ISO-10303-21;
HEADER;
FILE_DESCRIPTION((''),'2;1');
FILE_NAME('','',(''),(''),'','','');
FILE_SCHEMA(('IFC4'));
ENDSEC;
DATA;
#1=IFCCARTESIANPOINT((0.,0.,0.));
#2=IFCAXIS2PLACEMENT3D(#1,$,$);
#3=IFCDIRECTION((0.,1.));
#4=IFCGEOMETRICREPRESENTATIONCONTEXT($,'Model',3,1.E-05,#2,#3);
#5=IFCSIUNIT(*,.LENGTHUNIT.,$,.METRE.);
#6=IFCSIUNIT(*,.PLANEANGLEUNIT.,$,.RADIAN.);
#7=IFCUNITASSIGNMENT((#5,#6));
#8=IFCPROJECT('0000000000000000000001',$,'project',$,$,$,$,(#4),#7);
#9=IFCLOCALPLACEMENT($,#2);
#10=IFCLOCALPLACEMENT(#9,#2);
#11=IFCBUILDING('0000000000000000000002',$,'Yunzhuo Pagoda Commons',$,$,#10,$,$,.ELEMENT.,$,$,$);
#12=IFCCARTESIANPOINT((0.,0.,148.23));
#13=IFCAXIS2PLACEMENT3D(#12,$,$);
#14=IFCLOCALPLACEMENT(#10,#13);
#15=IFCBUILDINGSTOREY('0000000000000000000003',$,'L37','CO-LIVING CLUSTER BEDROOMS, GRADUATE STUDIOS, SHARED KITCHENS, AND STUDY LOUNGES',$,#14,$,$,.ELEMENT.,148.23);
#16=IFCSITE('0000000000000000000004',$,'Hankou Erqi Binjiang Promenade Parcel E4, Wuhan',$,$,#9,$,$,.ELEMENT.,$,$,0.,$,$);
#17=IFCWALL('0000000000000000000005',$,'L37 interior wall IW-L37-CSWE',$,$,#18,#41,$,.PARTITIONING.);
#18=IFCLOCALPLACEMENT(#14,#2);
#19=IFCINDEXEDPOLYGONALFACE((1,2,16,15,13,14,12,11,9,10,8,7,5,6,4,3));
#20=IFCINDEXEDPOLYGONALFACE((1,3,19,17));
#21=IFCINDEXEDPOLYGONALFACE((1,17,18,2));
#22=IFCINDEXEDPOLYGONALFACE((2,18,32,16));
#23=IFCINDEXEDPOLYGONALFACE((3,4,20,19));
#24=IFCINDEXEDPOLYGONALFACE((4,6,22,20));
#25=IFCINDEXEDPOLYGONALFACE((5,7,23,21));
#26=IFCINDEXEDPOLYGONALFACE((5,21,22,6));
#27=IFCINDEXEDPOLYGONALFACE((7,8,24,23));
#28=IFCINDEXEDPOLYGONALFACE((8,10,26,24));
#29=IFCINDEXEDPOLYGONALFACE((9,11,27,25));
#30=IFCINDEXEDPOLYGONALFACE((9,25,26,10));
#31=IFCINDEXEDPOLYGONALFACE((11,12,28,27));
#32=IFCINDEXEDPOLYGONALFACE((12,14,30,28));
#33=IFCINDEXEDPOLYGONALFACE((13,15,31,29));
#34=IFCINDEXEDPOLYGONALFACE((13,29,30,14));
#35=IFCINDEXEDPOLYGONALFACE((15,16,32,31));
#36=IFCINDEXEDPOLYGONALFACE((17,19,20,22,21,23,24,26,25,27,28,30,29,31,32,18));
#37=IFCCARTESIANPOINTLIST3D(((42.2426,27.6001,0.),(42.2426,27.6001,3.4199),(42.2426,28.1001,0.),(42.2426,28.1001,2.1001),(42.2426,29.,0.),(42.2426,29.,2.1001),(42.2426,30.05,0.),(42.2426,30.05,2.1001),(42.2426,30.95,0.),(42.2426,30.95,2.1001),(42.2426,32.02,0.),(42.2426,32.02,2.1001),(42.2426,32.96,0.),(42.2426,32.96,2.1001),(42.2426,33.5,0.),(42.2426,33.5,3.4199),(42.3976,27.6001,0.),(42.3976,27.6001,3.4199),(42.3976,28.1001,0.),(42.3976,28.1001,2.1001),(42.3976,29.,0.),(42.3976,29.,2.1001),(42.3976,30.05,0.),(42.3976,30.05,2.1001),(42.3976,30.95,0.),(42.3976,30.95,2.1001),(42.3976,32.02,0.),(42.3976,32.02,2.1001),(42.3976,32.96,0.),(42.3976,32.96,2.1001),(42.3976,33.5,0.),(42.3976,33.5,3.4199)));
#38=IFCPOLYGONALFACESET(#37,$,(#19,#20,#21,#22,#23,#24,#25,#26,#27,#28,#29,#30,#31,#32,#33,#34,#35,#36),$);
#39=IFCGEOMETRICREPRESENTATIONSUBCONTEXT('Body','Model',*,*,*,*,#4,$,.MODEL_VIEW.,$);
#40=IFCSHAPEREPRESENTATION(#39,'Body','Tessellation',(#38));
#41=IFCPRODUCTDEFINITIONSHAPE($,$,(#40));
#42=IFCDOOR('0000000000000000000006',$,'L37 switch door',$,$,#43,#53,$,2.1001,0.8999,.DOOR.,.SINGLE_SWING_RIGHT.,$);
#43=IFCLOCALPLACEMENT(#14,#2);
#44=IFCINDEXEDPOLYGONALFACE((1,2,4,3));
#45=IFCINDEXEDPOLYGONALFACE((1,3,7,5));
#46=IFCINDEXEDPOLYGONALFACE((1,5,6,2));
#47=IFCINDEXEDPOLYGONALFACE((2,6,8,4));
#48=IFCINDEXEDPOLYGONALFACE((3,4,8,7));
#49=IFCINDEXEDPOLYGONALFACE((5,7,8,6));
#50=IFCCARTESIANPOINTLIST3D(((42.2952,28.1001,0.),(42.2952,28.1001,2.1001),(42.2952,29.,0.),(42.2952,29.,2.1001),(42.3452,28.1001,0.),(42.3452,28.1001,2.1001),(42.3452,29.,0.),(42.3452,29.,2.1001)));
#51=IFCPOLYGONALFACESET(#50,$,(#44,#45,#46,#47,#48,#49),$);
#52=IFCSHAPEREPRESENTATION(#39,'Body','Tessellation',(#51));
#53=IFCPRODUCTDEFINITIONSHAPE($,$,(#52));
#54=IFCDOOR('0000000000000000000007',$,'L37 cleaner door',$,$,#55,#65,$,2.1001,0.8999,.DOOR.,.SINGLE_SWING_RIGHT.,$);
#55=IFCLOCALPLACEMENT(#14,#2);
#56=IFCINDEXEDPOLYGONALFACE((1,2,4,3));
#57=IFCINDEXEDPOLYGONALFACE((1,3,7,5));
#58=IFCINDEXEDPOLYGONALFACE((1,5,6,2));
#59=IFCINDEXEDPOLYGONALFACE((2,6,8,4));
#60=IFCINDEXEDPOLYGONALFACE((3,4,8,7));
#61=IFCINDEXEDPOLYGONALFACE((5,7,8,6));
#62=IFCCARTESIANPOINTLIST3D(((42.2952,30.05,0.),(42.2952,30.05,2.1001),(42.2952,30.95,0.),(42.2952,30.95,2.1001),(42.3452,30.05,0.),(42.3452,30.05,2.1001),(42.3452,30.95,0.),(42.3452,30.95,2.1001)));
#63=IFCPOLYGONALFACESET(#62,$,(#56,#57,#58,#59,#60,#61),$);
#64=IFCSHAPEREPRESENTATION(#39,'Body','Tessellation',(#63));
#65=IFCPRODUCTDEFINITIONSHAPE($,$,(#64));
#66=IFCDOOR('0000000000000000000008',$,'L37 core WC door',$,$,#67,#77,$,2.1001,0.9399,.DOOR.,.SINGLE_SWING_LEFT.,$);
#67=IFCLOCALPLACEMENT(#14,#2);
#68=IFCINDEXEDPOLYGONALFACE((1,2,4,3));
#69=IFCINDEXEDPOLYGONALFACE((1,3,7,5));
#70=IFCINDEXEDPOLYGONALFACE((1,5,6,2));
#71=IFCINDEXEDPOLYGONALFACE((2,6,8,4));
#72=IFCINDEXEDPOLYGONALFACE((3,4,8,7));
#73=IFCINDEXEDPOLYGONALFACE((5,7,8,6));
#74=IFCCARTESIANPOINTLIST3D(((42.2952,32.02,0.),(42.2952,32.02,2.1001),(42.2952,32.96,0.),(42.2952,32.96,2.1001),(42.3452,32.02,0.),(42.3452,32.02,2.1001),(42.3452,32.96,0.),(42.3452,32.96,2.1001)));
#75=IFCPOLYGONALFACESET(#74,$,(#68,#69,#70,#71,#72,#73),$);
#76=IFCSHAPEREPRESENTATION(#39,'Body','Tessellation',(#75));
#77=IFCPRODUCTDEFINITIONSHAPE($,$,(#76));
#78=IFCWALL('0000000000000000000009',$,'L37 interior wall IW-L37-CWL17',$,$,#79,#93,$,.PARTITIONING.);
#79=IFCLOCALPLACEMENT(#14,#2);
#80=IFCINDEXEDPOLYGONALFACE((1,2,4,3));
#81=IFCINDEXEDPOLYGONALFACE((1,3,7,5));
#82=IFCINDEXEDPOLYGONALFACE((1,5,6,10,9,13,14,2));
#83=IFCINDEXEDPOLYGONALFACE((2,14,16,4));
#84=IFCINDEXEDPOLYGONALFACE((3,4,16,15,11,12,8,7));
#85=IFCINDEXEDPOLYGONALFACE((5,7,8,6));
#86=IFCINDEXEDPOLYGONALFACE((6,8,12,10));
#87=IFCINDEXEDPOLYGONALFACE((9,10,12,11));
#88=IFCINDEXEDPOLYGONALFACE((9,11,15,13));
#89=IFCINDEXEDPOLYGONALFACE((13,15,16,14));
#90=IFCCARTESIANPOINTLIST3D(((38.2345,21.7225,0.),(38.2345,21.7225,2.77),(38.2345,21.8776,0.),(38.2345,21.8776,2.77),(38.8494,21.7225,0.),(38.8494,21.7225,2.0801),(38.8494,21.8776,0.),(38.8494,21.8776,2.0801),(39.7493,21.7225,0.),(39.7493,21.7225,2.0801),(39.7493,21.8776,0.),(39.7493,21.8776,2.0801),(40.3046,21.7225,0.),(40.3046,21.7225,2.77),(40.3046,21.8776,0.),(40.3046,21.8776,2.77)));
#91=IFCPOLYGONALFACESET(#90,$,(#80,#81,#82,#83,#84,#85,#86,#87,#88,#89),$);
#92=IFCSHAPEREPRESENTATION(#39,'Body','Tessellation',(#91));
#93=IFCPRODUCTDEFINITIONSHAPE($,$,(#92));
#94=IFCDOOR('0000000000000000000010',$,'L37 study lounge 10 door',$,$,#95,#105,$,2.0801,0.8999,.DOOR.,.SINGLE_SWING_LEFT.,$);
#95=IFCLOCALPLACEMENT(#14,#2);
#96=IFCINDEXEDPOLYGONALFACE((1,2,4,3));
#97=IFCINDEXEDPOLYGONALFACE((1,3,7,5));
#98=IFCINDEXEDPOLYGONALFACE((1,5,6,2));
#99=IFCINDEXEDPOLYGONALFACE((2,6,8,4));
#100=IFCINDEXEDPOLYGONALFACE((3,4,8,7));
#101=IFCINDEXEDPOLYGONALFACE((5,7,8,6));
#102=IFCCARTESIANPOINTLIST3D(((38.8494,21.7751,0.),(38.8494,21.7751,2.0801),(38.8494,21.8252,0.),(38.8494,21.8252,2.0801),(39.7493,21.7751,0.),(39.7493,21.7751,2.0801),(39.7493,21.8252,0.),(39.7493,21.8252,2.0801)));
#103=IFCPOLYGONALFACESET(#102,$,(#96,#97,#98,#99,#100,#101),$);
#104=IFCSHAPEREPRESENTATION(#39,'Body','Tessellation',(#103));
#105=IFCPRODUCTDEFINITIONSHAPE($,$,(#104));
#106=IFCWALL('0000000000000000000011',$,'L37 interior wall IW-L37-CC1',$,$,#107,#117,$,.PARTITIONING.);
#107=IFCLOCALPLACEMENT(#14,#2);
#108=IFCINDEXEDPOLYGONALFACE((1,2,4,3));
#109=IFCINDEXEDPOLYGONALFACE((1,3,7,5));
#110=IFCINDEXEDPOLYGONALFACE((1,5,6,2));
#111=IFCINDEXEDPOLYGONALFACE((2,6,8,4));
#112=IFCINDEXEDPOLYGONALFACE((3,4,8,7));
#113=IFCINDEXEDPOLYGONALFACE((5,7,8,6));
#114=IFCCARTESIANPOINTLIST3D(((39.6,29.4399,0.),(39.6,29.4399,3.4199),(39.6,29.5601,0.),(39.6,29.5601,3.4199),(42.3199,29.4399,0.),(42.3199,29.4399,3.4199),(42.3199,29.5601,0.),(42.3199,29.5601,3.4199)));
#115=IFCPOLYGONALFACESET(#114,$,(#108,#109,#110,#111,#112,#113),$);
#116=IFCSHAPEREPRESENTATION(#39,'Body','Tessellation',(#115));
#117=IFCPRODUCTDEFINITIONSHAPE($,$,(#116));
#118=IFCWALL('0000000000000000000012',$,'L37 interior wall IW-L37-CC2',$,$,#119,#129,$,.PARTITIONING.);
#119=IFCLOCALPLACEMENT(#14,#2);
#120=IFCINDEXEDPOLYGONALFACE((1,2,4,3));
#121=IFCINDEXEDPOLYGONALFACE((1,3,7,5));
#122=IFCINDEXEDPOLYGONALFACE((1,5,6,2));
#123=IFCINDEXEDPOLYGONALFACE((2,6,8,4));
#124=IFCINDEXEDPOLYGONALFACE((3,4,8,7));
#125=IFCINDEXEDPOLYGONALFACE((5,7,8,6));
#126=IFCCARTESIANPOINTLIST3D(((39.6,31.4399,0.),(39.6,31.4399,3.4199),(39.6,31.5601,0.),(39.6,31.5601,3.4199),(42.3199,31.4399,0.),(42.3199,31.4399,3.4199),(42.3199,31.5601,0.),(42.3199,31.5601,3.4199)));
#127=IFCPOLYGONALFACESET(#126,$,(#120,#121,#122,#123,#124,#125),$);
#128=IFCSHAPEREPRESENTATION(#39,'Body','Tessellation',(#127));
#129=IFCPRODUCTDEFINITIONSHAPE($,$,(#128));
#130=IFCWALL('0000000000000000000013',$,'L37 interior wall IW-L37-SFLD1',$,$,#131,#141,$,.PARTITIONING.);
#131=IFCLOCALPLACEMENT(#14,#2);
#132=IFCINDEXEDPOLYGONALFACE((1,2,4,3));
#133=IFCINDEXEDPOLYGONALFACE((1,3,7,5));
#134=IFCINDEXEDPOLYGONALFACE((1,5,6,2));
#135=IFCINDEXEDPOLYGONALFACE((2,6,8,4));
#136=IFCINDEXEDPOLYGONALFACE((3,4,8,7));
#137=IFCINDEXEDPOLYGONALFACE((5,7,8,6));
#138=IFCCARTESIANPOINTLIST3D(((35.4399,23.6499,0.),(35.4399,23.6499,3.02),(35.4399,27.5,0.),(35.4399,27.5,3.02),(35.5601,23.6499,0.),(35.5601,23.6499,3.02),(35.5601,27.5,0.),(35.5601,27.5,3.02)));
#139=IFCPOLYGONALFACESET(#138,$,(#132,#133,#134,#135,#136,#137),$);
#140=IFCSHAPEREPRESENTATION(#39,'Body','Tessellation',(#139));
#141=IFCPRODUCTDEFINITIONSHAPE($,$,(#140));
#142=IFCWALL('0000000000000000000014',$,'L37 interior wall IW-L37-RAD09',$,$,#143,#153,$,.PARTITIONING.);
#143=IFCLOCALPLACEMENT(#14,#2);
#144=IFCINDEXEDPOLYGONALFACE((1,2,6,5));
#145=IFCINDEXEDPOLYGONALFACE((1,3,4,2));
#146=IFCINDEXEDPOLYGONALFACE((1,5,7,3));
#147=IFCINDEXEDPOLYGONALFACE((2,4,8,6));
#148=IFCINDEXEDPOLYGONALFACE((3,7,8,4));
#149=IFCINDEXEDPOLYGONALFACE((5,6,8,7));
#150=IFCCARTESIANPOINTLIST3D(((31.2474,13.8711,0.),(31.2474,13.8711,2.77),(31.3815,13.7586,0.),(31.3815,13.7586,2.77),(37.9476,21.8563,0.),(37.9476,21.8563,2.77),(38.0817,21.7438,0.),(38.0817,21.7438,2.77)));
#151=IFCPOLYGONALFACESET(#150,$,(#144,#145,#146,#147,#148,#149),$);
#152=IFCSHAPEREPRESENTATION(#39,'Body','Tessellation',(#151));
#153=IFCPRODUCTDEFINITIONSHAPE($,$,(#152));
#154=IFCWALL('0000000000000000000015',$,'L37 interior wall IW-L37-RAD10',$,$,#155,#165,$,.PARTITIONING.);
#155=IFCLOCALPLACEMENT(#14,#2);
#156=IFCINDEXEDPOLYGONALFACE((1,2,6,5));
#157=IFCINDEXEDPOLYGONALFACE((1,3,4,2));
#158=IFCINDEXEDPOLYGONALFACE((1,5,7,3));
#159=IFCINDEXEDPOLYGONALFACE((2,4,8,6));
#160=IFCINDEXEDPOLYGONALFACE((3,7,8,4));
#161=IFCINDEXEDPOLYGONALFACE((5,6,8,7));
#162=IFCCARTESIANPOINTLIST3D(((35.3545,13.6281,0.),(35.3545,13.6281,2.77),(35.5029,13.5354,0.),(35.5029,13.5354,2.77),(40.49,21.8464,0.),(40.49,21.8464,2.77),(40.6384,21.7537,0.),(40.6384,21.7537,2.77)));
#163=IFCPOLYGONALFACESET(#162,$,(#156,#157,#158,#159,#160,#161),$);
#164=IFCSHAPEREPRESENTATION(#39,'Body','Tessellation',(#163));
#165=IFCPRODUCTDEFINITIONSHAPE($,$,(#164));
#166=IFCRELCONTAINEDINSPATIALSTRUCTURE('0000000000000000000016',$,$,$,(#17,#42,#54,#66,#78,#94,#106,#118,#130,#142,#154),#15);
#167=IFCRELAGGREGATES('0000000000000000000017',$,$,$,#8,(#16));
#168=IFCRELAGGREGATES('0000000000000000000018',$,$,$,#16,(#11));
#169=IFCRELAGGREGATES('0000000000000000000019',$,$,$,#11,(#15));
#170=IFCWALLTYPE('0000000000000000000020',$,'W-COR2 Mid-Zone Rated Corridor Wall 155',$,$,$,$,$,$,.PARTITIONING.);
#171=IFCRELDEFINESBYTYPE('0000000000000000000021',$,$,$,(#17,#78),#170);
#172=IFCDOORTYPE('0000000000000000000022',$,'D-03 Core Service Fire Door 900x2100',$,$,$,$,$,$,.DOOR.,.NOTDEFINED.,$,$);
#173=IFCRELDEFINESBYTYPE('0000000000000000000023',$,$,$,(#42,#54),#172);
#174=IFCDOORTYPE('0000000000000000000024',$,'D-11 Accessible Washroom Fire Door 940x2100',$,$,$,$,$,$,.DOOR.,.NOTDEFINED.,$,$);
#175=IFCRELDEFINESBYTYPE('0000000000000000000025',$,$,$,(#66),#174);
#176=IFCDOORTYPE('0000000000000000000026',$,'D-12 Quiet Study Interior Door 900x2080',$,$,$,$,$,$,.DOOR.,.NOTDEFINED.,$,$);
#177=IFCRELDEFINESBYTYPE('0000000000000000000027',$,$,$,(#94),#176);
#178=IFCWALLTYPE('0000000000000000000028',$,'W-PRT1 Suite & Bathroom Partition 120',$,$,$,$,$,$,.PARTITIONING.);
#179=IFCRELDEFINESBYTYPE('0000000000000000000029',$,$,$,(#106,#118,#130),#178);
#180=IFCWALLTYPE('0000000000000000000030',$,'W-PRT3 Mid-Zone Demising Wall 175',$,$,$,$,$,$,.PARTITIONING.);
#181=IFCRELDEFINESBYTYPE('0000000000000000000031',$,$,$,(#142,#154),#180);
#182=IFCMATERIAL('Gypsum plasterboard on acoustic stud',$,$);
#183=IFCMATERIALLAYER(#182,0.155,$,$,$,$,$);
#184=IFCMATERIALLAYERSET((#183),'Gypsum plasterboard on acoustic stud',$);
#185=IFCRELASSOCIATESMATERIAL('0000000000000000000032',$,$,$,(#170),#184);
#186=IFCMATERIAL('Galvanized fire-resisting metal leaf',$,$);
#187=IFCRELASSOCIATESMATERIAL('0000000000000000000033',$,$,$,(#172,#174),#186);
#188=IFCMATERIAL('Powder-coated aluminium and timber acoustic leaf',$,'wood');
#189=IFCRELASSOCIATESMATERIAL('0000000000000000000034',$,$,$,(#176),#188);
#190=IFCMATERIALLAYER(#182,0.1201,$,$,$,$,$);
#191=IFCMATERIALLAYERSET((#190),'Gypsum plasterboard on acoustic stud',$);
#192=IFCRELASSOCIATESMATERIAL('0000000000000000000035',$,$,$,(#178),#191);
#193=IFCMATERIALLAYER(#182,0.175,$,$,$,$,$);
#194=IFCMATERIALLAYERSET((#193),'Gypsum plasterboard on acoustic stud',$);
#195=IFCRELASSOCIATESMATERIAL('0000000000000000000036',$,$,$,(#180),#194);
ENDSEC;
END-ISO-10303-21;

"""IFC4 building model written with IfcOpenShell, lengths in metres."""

from ifc_helpers import new_model, si_unit, direction, frame, frame_2d, origin, origin_with_axes, place, context, subcontext, project, spatial, rectangle, extrude, source, transform, mapped, material, layer, layer_set, type_object, element, fill, save


model = new_model("IFC4")

# Units and contexts
model_context = context("Model", 3, precision=1e-05, world=origin(), true_north=direction((0.0, 1.0)))
body_context = subcontext(model_context, "Body", "Model", "MODEL_VIEW")
ifc_project = project(units=[si_unit("LENGTHUNIT", "METRE"), si_unit("PLANEANGLEUNIT", "RADIAN")], contexts=[model_context])

# Site, building, storey
site_placement = place(None, origin())
site = spatial("IfcSite", under=ifc_project, at=site_placement, Name="Hankou Erqi Binjiang Promenade Parcel E4, Wuhan", CompositionType="ELEMENT", RefElevation=0.0)
building_placement = place(site_placement, origin())
building = spatial("IfcBuilding", under=site, at=building_placement, Name="Yunzhuo Pagoda Commons", CompositionType="ELEMENT")
storey_placement = place(building_placement, frame((0.0, 0.0, 148.23)))
storey = spatial("IfcBuildingStorey", under=building, at=storey_placement, Name="L37", Description="CO-LIVING CLUSTER BEDROOMS, GRADUATE STUDIOS, SHARED KITCHENS, AND STUDY LOUNGES", CompositionType="ELEMENT", Elevation=148.23)

# Wall, openings, doors
ifc_material_1 = material(Name="Gypsum plasterboard on acoustic stud")
ifc_layer_1 = layer(ifc_material_1, 0.155)
ifc_layer_set_1 = layer_set([ifc_layer_1], Name="Gypsum plasterboard on acoustic stud")
wall_type_1 = type_object("IfcWallType", Name="W-COR2 Mid-Zone Rated Corridor Wall 155", PredefinedType="PARTITIONING", material=ifc_layer_set_1)
wall_1_placement = place(storey_placement, frame((42.3201, 27.6001, 0.0), z_axis=(0.0, 0.0, 1.0), x_axis=(0.0, 1.0, 0.0)))
wall_1 = element("IfcWall", 1, at=wall_1_placement, inside=storey, type_object=wall_type_1, Name="L37 interior wall IW-L37-CSWE", PredefinedType="PARTITIONING", context=body_context, shape_type="SweptSolid", body=[
    extrude(rectangle(XDim=5.8999, YDim=0.155, at=frame_2d((2.95, 0.0))), origin(), (0.0, 0.0, 1.0), 3.4199),
])
opening_1_placement = place(wall_1_placement, frame((0.5, 0.0, 0.0)))
opening_1 = element("IfcOpeningElement", 2, at=opening_1_placement, cuts=wall_1, PredefinedType="OPENING", context=body_context, shape_type="SweptSolid", body=[
    extrude(rectangle(XDim=0.8999, YDim=2.1001, at=frame_2d((0.45, 1.05))), frame((0.0, 0.0874, 0.0), z_axis=(0.0, -1.0, 0.0), x_axis=(1.0, 0.0, 0.0)), (0.0, 0.0, 1.0), 0.175),
])
opening_2_placement = place(wall_1_placement, frame((2.45, 0.0, 0.0)))
opening_2 = element("IfcOpeningElement", 3, at=opening_2_placement, cuts=wall_1, PredefinedType="OPENING", context=body_context, shape_type="SweptSolid", body=[
    extrude(rectangle(XDim=0.8999, YDim=2.1001, at=frame_2d((0.45, 1.05))), frame((0.0, 0.0874, 0.0), z_axis=(0.0, -1.0, 0.0), x_axis=(1.0, 0.0, 0.0)), (0.0, 0.0, 1.0), 0.175),
])
opening_3_placement = place(wall_1_placement, frame((4.4199, 0.0, 0.0)))
opening_3 = element("IfcOpeningElement", 4, at=opening_3_placement, cuts=wall_1, PredefinedType="OPENING", context=body_context, shape_type="SweptSolid", body=[
    extrude(rectangle(XDim=0.9399, YDim=2.1001, at=frame_2d((0.47, 1.05))), frame((0.0, 0.0874, 0.0), z_axis=(0.0, -1.0, 0.0), x_axis=(1.0, 0.0, 0.0)), (0.0, 0.0, 1.0), 0.175),
])
ifc_material_2 = material(Name="Galvanized fire-resisting metal leaf")
door_type_1 = type_object("IfcDoorType", Name="D-03 Core Service Fire Door 900x2100", OperationType="NOTDEFINED", PredefinedType="DOOR", material=ifc_material_2)
shared_shape_1 = source(origin(), body_context, "Body", "SweptSolid", [
    extrude(rectangle(XDim=0.8999, YDim=2.1001, at=frame_2d((0.45, 1.05))), frame((0.0, 0.0249, 0.0), z_axis=(0.0, -1.0, 0.0), x_axis=(1.0, 0.0, 0.0)), (0.0, 0.0, 1.0), 0.05),
])
door_1_placement = place(opening_1_placement, origin_with_axes())
door_1 = element("IfcDoor", 5, at=door_1_placement, inside=storey, type_object=door_type_1, Name="L37 switch door", OperationType="SINGLE_SWING_RIGHT", OverallHeight=2.1001, OverallWidth=0.8999, PredefinedType="DOOR", context=body_context, shape_type="MappedRepresentation", body=[
    mapped(shared_shape_1, transform((0.0, 0.0, 0.0), scale=1.0)),
])
fill(opening_1, door_1)
door_2_placement = place(opening_2_placement, origin_with_axes())
door_2 = element("IfcDoor", 6, at=door_2_placement, inside=storey, type_object=door_type_1, Name="L37 cleaner door", OperationType="SINGLE_SWING_RIGHT", OverallHeight=2.1001, OverallWidth=0.8999, PredefinedType="DOOR", context=body_context, shape_type="MappedRepresentation", body=[
    mapped(shared_shape_1, transform((0.0, 0.0, 0.0), scale=1.0)),
])
fill(opening_2, door_2)
door_type_2 = type_object("IfcDoorType", Name="D-11 Accessible Washroom Fire Door 940x2100", OperationType="NOTDEFINED", PredefinedType="DOOR", material=ifc_material_2)
shared_shape_2 = source(origin(), body_context, "Body", "SweptSolid", [
    extrude(rectangle(XDim=0.9399, YDim=2.1001, at=frame_2d((0.47, 1.05))), frame((0.0, 0.0249, 0.0), z_axis=(0.0, -1.0, 0.0), x_axis=(1.0, 0.0, 0.0)), (0.0, 0.0, 1.0), 0.05),
])
door_3_placement = place(opening_3_placement, origin_with_axes())
door_3 = element("IfcDoor", 7, at=door_3_placement, inside=storey, type_object=door_type_2, Name="L37 core WC door", OperationType="SINGLE_SWING_LEFT", OverallHeight=2.1001, OverallWidth=0.9399, PredefinedType="DOOR", context=body_context, shape_type="MappedRepresentation", body=[
    mapped(shared_shape_2, transform((0.0, 0.0, 0.0), scale=1.0)),
])
fill(opening_3, door_3)

# Wall, opening, door
wall_2_placement = place(storey_placement, frame((40.3047, 21.8, 0.0), z_axis=(0.0, 0.0, 1.0), x_axis=(-1.0, 0.0, 0.0)))
wall_2 = element("IfcWall", 8, at=wall_2_placement, inside=storey, type_object=wall_type_1, Name="L37 interior wall IW-L37-CWL17", PredefinedType="PARTITIONING", context=body_context, shape_type="SweptSolid", body=[
    extrude(rectangle(XDim=2.0701, YDim=0.155, at=frame_2d((1.0352, 0.0))), origin(), (0.0, 0.0, 1.0), 2.77),
])
opening_4_placement = place(wall_2_placement, frame((0.5554, 0.0, 0.0)))
opening_4 = element("IfcOpeningElement", 9, at=opening_4_placement, cuts=wall_2, PredefinedType="OPENING", context=body_context, shape_type="SweptSolid", body=[
    extrude(rectangle(XDim=0.8999, YDim=2.0801, at=frame_2d((0.45, 1.04))), frame((0.0, 0.0874, 0.0), z_axis=(0.0, -1.0, 0.0), x_axis=(1.0, 0.0, 0.0)), (0.0, 0.0, 1.0), 0.175),
])
ifc_material_3 = material(Name="Powder-coated aluminium and timber acoustic leaf", Category="wood")
door_type_3 = type_object("IfcDoorType", Name="D-12 Quiet Study Interior Door 900x2080", OperationType="NOTDEFINED", PredefinedType="DOOR", material=ifc_material_3)
shared_shape_3 = source(origin(), body_context, "Body", "SweptSolid", [
    extrude(rectangle(XDim=0.8999, YDim=2.0801, at=frame_2d((0.45, 1.04))), frame((0.0, 0.0249, 0.0), z_axis=(0.0, -1.0, 0.0), x_axis=(1.0, 0.0, 0.0)), (0.0, 0.0, 1.0), 0.05),
])
door_4_placement = place(opening_4_placement, origin_with_axes())
door_4 = element("IfcDoor", 10, at=door_4_placement, inside=storey, type_object=door_type_3, Name="L37 study lounge 10 door", OperationType="SINGLE_SWING_LEFT", OverallHeight=2.0801, OverallWidth=0.8999, PredefinedType="DOOR", context=body_context, shape_type="MappedRepresentation", body=[
    mapped(shared_shape_3, transform((0.0, 0.0, 0.0), scale=1.0)),
])
fill(opening_4, door_4)

# Walls
ifc_layer_2 = layer(ifc_material_1, 0.1201)
ifc_layer_set_2 = layer_set([ifc_layer_2], Name="Gypsum plasterboard on acoustic stud")
wall_type_2 = type_object("IfcWallType", Name="W-PRT1 Suite & Bathroom Partition 120", PredefinedType="PARTITIONING", material=ifc_layer_set_2)
for number, where, z_axis, x_axis, name in (
    (11, (39.6001, 29.5, 0.0), (0.0, 0.0, 1.0), (1.0, 0.0, 0.0), "L37 interior wall IW-L37-CC1"),
    (12, (39.6001, 31.5, 0.0), (0.0, 0.0, 1.0), (1.0, 0.0, 0.0), "L37 interior wall IW-L37-CC2"),
):
    element("IfcWall", number, at=place(storey_placement, frame(where, z_axis=z_axis, x_axis=x_axis)), inside=storey, type_object=wall_type_2, Name=name, PredefinedType="PARTITIONING", context=body_context, shape_type="SweptSolid", body=[
        extrude(rectangle(XDim=2.72, YDim=0.1201, at=frame_2d((1.3599, 0.0))), origin(), (0.0, 0.0, 1.0), 3.4199),
    ])
wall_3_placement = place(storey_placement, frame((35.5, 23.6499, 0.0), z_axis=(0.0, 0.0, 1.0), x_axis=(0.0, 1.0, 0.0)))
element("IfcWall", 13, at=wall_3_placement, inside=storey, type_object=wall_type_2, Name="L37 interior wall IW-L37-SFLD1", PredefinedType="PARTITIONING", context=body_context, shape_type="SweptSolid", body=[
    extrude(rectangle(XDim=3.8501, YDim=0.1201, at=frame_2d((1.925, 0.0))), origin(), (0.0, 0.0, 1.0), 3.02),
])
ifc_layer_3 = layer(ifc_material_1, 0.175)
ifc_layer_set_3 = layer_set([ifc_layer_3], Name="Gypsum plasterboard on acoustic stud")
wall_type_3 = type_object("IfcWallType", Name="W-PRT3 Mid-Zone Demising Wall 175", PredefinedType="PARTITIONING", material=ifc_layer_set_3)
wall_4_placement = place(storey_placement, frame((38.0146, 21.8, 0.0), z_axis=(0.0, 0.0, 1.0), x_axis=(-0.642782, -0.766049, 0.0)))
element("IfcWall", 14, at=wall_4_placement, inside=storey, type_object=wall_type_3, Name="L37 interior wall IW-L37-RAD09", PredefinedType="PARTITIONING", context=body_context, shape_type="SweptSolid", body=[
    extrude(rectangle(XDim=10.4238, YDim=0.175, at=frame_2d((5.2119, 0.0))), origin(), (0.0, 0.0, 1.0), 2.77),
])
wall_5_placement = place(storey_placement, frame((40.5642, 21.8, 0.0), z_axis=(0.0, 0.0, 1.0), x_axis=(-0.529931, -0.848041, 0.0)))
element("IfcWall", 15, at=wall_5_placement, inside=storey, type_object=wall_type_3, Name="L37 interior wall IW-L37-RAD10", PredefinedType="PARTITIONING", context=body_context, shape_type="SweptSolid", body=[
    extrude(rectangle(XDim=9.6909, YDim=0.175, at=frame_2d((4.8455, 0.0))), origin(), (0.0, 0.0, 1.0), 2.77),
])

save(model, "model.ifc")
